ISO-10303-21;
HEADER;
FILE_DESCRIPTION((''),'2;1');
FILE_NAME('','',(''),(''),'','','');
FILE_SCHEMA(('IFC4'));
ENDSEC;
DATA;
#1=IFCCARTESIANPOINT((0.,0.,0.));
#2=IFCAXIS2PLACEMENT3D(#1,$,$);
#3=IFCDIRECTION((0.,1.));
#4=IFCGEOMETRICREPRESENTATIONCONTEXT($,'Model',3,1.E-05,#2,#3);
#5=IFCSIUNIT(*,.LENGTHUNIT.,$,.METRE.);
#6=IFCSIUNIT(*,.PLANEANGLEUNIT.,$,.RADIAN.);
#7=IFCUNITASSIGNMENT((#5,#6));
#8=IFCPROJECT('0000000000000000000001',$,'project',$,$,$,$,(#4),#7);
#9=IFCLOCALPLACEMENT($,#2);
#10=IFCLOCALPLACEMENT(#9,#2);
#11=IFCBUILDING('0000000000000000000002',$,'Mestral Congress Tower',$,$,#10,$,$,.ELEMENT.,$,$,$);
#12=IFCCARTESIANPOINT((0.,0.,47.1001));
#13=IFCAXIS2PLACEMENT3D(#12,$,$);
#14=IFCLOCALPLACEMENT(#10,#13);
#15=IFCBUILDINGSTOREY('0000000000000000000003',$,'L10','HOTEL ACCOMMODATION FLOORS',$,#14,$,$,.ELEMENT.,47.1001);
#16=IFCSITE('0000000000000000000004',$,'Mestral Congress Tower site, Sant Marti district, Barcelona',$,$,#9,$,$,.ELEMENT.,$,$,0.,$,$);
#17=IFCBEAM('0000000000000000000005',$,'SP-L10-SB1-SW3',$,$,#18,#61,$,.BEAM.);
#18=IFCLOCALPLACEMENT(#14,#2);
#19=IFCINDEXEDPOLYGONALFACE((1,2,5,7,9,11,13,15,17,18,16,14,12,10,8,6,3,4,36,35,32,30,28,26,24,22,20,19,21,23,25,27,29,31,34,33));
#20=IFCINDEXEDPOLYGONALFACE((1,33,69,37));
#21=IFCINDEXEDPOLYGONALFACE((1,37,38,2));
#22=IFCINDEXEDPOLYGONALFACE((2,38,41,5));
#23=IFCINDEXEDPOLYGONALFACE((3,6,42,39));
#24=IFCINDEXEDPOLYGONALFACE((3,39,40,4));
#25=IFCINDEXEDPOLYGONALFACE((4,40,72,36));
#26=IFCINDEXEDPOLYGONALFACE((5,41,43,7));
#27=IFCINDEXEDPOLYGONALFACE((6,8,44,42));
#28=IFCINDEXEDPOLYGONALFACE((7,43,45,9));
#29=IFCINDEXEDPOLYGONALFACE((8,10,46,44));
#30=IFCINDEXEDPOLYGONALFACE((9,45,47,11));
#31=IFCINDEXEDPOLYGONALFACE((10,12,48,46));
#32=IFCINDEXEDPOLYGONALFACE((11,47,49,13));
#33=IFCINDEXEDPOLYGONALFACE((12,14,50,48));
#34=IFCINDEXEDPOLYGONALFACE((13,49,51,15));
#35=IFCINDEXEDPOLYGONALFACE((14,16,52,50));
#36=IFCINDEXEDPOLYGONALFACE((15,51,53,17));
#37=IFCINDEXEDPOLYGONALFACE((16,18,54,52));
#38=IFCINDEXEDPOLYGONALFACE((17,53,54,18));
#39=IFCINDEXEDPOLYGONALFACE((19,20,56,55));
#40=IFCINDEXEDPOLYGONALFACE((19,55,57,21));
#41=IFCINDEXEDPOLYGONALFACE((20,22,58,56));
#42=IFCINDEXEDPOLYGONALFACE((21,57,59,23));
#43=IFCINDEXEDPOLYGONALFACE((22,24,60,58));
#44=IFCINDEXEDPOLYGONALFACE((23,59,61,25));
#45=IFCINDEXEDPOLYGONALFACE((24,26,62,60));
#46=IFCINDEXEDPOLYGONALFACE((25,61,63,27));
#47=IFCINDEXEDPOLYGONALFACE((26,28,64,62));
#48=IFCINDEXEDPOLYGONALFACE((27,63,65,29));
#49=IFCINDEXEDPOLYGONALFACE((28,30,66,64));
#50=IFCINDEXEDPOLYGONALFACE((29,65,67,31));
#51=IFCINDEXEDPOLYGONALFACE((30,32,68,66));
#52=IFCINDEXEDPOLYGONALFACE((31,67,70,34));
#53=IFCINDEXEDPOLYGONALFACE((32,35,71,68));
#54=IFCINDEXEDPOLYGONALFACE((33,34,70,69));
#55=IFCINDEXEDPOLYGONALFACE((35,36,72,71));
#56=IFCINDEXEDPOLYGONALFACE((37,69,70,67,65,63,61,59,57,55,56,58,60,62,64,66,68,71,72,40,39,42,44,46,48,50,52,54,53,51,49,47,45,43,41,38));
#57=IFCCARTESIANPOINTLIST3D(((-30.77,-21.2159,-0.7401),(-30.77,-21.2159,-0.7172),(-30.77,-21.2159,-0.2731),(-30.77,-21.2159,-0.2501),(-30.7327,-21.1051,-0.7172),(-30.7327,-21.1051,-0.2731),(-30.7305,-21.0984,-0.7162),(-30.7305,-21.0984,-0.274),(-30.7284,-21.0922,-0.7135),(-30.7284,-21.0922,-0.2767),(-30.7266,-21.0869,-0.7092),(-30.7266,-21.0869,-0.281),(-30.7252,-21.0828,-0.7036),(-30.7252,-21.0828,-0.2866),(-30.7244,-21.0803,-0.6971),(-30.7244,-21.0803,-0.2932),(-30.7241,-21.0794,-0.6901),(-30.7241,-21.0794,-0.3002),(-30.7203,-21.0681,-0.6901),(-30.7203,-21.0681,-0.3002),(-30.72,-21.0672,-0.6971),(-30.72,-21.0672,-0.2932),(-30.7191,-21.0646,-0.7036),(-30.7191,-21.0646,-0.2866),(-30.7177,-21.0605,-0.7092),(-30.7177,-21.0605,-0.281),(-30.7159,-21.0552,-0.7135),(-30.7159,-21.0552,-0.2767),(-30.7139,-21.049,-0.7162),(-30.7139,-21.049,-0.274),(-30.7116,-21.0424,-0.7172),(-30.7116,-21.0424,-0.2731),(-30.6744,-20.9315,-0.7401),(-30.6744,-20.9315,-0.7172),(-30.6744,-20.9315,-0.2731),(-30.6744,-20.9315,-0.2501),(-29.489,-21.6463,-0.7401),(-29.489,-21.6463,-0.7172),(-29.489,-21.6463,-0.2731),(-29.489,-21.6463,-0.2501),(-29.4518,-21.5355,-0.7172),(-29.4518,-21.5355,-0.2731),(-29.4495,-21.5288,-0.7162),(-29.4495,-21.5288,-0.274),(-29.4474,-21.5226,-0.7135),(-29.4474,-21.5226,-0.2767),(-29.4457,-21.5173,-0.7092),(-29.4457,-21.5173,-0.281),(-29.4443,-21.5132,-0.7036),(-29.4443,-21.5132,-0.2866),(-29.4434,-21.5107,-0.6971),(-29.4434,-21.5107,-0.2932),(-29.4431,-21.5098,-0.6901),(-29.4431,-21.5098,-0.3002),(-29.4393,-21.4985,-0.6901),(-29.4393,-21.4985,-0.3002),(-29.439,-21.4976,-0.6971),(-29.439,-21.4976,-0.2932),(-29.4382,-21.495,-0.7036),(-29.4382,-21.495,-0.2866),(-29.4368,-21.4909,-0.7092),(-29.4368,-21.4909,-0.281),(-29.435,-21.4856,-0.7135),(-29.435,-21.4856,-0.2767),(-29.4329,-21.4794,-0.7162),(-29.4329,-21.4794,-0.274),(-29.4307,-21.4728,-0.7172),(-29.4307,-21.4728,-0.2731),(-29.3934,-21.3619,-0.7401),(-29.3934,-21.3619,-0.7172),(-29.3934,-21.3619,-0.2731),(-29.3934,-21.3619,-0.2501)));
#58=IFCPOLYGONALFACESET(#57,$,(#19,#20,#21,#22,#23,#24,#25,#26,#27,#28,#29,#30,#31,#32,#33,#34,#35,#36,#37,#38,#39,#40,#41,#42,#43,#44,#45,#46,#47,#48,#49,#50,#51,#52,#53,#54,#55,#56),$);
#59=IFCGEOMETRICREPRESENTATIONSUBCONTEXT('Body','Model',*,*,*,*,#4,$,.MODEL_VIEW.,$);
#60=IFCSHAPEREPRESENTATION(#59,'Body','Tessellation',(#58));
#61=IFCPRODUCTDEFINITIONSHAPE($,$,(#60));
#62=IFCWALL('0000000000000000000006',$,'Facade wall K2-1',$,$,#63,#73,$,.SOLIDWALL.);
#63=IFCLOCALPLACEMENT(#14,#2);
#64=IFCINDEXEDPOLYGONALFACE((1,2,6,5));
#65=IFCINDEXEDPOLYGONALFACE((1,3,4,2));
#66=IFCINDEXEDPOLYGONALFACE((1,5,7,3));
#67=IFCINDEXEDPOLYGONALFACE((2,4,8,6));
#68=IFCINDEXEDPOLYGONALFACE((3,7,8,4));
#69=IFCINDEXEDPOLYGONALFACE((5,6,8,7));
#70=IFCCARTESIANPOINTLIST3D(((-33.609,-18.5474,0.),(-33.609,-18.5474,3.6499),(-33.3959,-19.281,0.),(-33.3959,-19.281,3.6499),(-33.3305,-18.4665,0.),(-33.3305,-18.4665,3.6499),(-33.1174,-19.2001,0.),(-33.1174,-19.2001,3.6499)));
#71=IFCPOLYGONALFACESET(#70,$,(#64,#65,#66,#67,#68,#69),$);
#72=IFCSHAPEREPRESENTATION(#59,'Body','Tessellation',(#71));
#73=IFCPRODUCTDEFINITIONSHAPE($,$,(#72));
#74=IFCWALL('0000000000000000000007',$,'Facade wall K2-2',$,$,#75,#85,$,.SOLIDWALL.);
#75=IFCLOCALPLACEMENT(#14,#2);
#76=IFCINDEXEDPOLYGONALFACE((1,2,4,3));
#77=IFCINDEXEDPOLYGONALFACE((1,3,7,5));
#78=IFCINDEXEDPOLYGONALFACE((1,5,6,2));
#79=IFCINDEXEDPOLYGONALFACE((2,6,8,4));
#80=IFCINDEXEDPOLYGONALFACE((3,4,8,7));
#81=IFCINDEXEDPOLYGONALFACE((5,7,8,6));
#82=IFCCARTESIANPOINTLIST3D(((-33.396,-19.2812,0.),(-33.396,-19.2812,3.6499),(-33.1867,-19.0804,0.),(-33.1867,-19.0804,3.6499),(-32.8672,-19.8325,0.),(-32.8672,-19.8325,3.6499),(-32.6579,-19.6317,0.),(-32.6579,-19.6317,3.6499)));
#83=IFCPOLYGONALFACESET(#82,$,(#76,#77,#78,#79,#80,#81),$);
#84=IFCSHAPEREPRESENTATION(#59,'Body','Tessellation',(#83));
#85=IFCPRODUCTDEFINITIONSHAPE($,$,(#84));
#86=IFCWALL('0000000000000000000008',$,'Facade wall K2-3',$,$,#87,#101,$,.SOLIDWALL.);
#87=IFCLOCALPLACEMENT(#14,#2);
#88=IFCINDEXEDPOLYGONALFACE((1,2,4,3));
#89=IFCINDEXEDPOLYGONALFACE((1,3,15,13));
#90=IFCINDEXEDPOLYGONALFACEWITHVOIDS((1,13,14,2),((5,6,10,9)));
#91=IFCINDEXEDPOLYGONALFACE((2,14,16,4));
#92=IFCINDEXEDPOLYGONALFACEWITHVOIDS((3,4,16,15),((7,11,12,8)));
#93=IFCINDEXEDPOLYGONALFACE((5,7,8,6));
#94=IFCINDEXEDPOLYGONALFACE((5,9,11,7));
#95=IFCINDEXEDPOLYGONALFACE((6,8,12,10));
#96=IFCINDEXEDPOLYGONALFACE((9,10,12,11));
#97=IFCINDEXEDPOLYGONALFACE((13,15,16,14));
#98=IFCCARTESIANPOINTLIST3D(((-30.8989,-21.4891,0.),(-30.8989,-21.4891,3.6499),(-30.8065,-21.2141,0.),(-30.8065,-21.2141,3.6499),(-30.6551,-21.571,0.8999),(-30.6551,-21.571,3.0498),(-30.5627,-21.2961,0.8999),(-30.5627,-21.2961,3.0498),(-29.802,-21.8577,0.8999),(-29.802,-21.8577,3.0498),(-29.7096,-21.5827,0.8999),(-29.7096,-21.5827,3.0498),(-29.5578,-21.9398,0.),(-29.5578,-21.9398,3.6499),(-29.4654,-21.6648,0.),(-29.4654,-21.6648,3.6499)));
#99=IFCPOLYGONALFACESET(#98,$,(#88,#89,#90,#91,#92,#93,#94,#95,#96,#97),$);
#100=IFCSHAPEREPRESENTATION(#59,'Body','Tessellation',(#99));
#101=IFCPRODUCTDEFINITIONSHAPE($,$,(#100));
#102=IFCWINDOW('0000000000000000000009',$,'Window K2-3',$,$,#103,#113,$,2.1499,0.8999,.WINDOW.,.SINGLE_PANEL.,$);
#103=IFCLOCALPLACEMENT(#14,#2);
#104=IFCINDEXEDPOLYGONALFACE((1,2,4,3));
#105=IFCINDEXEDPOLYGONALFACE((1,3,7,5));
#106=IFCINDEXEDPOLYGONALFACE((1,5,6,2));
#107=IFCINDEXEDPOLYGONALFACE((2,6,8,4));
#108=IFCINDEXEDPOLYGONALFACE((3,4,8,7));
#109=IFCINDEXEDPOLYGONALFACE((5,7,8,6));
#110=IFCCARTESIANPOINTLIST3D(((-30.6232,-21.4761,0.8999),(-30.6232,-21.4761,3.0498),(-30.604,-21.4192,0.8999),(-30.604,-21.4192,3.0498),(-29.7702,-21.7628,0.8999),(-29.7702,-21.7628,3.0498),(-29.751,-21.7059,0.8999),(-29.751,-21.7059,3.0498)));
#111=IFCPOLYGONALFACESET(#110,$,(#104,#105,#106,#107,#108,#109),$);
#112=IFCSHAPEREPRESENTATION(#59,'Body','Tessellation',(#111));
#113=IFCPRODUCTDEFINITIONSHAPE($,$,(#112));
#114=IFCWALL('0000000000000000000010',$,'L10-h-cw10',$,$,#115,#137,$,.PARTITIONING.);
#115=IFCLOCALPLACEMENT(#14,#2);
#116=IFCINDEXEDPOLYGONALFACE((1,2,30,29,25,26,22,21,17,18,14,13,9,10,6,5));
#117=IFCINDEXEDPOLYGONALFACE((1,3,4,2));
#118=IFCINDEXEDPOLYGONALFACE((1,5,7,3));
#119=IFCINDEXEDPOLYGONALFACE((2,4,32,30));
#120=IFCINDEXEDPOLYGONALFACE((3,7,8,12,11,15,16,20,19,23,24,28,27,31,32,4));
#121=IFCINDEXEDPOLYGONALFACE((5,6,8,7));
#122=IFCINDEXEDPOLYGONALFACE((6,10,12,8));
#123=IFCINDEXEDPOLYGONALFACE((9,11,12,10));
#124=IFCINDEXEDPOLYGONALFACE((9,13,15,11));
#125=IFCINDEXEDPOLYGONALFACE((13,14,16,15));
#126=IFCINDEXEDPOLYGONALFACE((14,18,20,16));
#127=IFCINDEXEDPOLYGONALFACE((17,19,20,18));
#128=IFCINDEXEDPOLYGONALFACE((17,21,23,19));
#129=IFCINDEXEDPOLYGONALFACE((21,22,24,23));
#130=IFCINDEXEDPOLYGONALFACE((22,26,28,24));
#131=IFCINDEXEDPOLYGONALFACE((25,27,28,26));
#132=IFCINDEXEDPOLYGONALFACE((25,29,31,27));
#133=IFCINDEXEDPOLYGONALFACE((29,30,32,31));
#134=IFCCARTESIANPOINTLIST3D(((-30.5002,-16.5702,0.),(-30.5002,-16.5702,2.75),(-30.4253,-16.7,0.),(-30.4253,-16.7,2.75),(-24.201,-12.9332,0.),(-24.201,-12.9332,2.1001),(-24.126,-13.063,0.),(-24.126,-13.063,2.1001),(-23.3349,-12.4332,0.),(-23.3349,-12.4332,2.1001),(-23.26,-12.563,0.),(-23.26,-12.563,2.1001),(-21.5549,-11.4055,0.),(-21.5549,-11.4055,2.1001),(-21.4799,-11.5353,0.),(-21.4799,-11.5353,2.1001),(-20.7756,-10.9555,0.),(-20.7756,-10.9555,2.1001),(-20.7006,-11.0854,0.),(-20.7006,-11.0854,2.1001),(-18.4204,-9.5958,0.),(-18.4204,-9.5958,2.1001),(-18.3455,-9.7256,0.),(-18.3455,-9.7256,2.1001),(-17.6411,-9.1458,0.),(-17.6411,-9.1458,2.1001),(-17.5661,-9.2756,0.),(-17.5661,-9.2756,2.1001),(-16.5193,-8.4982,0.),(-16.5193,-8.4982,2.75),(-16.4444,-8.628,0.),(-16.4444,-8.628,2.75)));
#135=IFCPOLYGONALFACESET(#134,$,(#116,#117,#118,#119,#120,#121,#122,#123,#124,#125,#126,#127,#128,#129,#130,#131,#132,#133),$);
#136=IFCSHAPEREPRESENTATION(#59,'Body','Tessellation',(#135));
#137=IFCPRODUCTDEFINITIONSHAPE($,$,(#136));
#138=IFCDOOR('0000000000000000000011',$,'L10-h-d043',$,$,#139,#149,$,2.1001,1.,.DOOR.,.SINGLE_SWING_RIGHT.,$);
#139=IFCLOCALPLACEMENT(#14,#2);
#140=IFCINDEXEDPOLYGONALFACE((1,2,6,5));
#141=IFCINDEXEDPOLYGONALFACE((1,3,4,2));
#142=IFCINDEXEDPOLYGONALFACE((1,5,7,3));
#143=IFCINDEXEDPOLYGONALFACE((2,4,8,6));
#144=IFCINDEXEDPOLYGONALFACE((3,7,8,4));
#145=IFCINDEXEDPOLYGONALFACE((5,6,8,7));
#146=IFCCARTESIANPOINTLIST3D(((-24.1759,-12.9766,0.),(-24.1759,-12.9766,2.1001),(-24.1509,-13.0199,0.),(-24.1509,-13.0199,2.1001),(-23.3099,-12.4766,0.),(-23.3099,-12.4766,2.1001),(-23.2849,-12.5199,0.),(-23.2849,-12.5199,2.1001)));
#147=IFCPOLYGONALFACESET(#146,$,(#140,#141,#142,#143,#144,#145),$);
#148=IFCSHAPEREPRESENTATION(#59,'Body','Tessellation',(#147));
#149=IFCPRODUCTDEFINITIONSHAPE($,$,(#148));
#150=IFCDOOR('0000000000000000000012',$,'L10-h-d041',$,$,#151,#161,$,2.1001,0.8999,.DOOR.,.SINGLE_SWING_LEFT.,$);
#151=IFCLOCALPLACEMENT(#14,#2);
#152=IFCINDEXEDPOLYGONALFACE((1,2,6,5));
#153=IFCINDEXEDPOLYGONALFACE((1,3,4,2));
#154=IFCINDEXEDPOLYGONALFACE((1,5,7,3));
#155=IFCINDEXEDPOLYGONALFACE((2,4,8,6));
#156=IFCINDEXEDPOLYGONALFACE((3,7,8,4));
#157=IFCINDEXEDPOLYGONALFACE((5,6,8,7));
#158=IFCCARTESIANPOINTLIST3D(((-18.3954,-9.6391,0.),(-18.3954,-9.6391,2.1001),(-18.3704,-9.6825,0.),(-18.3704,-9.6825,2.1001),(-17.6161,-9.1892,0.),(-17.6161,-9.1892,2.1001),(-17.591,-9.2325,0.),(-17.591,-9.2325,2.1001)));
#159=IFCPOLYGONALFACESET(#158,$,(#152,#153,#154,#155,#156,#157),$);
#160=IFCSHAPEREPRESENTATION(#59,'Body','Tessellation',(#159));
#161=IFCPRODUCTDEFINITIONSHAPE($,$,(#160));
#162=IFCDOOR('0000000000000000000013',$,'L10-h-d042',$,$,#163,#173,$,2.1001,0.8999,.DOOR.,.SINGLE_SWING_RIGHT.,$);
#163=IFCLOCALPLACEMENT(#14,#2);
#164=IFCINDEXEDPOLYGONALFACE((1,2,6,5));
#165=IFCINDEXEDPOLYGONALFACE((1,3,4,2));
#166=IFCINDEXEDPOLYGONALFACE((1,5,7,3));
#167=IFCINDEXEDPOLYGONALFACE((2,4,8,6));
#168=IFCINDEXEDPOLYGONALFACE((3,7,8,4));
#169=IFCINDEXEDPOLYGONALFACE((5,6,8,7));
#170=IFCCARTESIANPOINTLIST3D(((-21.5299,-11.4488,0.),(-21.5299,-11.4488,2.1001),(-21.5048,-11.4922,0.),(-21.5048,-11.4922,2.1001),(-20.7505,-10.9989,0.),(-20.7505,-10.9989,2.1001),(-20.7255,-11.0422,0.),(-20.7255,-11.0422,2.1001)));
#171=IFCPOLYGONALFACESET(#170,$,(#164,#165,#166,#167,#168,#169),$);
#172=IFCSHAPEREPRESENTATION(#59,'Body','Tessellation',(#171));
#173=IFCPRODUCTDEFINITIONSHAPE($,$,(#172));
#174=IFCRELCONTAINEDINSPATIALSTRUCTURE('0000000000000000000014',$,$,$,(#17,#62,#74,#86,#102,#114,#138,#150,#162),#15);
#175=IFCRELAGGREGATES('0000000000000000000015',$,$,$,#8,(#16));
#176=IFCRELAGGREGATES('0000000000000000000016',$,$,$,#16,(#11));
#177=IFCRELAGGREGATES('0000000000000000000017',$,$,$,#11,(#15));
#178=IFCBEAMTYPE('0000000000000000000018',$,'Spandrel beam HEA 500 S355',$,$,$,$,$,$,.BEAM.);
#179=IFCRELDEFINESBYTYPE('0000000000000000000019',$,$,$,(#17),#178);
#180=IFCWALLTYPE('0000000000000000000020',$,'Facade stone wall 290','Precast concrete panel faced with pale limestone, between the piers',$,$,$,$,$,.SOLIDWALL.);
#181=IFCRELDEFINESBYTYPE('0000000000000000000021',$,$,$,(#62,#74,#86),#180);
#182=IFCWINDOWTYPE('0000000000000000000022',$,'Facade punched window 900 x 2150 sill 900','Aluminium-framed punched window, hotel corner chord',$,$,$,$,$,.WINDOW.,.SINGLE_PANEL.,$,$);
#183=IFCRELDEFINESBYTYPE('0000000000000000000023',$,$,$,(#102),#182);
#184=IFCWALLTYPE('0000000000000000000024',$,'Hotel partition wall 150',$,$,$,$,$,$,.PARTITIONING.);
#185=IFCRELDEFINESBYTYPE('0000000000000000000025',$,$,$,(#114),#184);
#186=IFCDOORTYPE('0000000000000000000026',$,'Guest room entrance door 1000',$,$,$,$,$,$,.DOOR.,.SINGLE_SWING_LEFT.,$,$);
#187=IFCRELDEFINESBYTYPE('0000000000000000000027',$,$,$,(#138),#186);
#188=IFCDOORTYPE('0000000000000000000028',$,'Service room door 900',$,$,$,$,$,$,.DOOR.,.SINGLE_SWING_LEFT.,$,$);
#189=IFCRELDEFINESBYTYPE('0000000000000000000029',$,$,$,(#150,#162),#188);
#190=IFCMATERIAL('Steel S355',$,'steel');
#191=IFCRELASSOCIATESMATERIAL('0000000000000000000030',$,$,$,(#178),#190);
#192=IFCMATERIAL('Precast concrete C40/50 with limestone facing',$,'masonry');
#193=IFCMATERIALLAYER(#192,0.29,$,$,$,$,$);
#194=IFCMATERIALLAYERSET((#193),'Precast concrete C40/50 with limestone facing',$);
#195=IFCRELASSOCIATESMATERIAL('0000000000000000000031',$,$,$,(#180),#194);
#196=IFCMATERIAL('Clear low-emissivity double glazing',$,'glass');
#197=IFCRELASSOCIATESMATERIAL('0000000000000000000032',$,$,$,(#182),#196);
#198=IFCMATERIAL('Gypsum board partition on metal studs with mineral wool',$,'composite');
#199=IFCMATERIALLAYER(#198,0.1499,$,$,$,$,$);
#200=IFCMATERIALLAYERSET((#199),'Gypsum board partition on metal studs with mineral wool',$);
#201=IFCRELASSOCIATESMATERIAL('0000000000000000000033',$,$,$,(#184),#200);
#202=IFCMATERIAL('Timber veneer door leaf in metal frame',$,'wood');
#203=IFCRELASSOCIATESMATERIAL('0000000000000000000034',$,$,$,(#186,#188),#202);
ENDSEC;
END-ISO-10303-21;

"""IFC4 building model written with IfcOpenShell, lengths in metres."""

from ifc_helpers import new_model, si_unit, direction, frame, frame_2d, origin, origin_2d, place, context, subcontext, project, spatial, rectangle, i_section, extrude, material, layer, layer_set, material_profile, profile_set, type_object, element, fill, save


model = new_model("IFC4")

# Units and contexts
model_context = context("Model", 3, precision=1e-05, world=origin(), true_north=direction((0.0, 1.0)))
body_context = subcontext(model_context, "Body", "Model", "MODEL_VIEW")
ifc_project = project(units=[si_unit("LENGTHUNIT", "METRE"), si_unit("PLANEANGLEUNIT", "RADIAN")], contexts=[model_context])

# Site, building, storey
site_placement = place(None, origin())
site = spatial("IfcSite", under=ifc_project, at=site_placement, Name="Mestral Congress Tower site, Sant Marti district, Barcelona", CompositionType="ELEMENT", RefElevation=0.0)
building_placement = place(site_placement, origin())
building = spatial("IfcBuilding", under=site, at=building_placement, Name="Mestral Congress Tower", CompositionType="ELEMENT")
storey_placement = place(building_placement, frame((0.0, 0.0, 47.1001)))
storey = spatial("IfcBuildingStorey", under=building, at=storey_placement, Name="L10", Description="HOTEL ACCOMMODATION FLOORS", CompositionType="ELEMENT", Elevation=47.1001)

# Beam
ifc_material_1 = material(Name="Steel S355", Category="steel")
ifc_material_profile_1 = material_profile(ifc_material_1, i_section(OverallWidth=0.3, OverallDepth=0.49, WebThickness=0.012, FlangeThickness=0.0229, FilletRadius=0.0271, at=origin_2d()), Name="HEA 500")
ifc_profile_set_1 = profile_set([ifc_material_profile_1], Name="Steel S355")
beam_type_1 = type_object("IfcBeamType", Name="Spandrel beam HEA 500 S355", PredefinedType="BEAM", material=ifc_profile_set_1)
beam_1_placement = place(storey_placement, frame((-30.7222, -21.0737, -0.4951), z_axis=(0.947922, -0.318503, 0.0), x_axis=(0.318503, 0.947922, 0.0)))
element("IfcBeam", 1, at=beam_1_placement, inside=storey, type_object=beam_type_1, Name="SP-L10-SB1-SW3", PredefinedType="BEAM", context=body_context, shape_type="SweptSolid", body=[
    extrude(i_section(OverallWidth=0.3, OverallDepth=0.49, WebThickness=0.012, FlangeThickness=0.0229, FilletRadius=0.0271, at=origin_2d()), origin(), (0.0, 0.0, 1.0), 1.3513),
])

# Walls
ifc_material_2 = material(Name="Precast concrete C40/50 with limestone facing", Category="masonry")
ifc_layer_1 = layer(ifc_material_2, 0.29)
ifc_layer_set_1 = layer_set([ifc_layer_1], Name="Precast concrete C40/50 with limestone facing")
wall_type_1 = type_object("IfcWallType", Name="Facade stone wall 290", Description="Precast concrete panel faced with pale limestone, between the piers", PredefinedType="SOLIDWALL", material=ifc_layer_set_1)
for number, where, z_axis, x_axis, name in (
    (2, (-33.4697, -18.5071, 0.0), (0.0, 0.0, 1.0), (0.278981, -0.960297, 0.0), "Facade wall K2-1"),
    (3, (-33.2913, -19.1809, 0.0), (0.0, 0.0, 1.0), (0.692252, -0.721656, 0.0), "Facade wall K2-2"),
):
    element("IfcWall", number, at=place(storey_placement, frame(where, z_axis=z_axis, x_axis=x_axis)), inside=storey, type_object=wall_type_1, Name=name, PredefinedType="SOLIDWALL", context=body_context, shape_type="SweptSolid", body=[
        extrude(rectangle(XDim=0.7639, YDim=0.29, at=frame_2d((0.3818, 0.0))), origin(), (0.0, 0.0, 1.0), 3.6499),
    ])

# Wall, opening, window
wall_1_placement = place(storey_placement, frame((-30.8528, -21.3516, 0.0), z_axis=(0.0, 0.0, 1.0), x_axis=(0.947904, -0.318556, 0.0)))
wall_1 = element("IfcWall", 4, at=wall_1_placement, inside=storey, type_object=wall_type_1, Name="Facade wall K2-3", PredefinedType="SOLIDWALL", context=body_context, shape_type="SweptSolid", body=[
    extrude(rectangle(XDim=1.4148, YDim=0.29, at=frame_2d((0.7075, 0.0))), origin(), (0.0, 0.0, 1.0), 3.6499),
])
opening_1_placement = place(wall_1_placement, frame((0.2573, 0.0, 0.8999)))
opening_1 = element("IfcOpeningElement", 5, at=opening_1_placement, cuts=wall_1, PredefinedType="OPENING", context=body_context, shape_type="SweptSolid", body=[
    extrude(rectangle(XDim=0.8999, YDim=2.1499, at=frame_2d((0.45, 1.075))), frame((0.0, 0.155, 0.0), z_axis=(0.0, -1.0, 0.0), x_axis=(1.0, 0.0, 0.0)), (0.0, 0.0, 1.0), 0.3101),
])
ifc_material_3 = material(Name="Clear low-emissivity double glazing", Category="glass")
window_type = type_object("IfcWindowType", Name="Facade punched window 900 x 2150 sill 900", Description="Aluminium-framed punched window, hotel corner chord", PartitioningType="SINGLE_PANEL", PredefinedType="WINDOW", material=ifc_material_3)
window_placement = place(opening_1_placement, origin())
window = element("IfcWindow", 6, at=window_placement, inside=storey, type_object=window_type, Name="Window K2-3", OverallHeight=2.1499, OverallWidth=0.8999, PartitioningType="SINGLE_PANEL", PredefinedType="WINDOW", context=body_context, shape_type="SweptSolid", body=[
    extrude(rectangle(XDim=0.8999, YDim=2.1499, at=frame_2d((0.45, 1.075))), frame((0.0, 0.0151, 0.0), z_axis=(0.0, -1.0, 0.0), x_axis=(1.0, 0.0, 0.0)), (0.0, 0.0, 1.0), 0.0601),
])
fill(opening_1, window)

# Wall, openings, doors
ifc_material_4 = material(Name="Gypsum board partition on metal studs with mineral wool", Category="composite")
ifc_layer_2 = layer(ifc_material_4, 0.1499)
ifc_layer_set_2 = layer_set([ifc_layer_2], Name="Gypsum board partition on metal studs with mineral wool")
wall_type_2 = type_object("IfcWallType", Name="Hotel partition wall 150", PredefinedType="PARTITIONING", material=ifc_layer_set_2)
wall_2_placement = place(storey_placement, frame((-30.4626, -16.635, 0.0), z_axis=(0.0, 0.0, 1.0), x_axis=(0.866022, 0.500005, 0.0)))
wall_2 = element("IfcWall", 7, at=wall_2_placement, inside=storey, type_object=wall_type_2, Name="L10-h-cw10", PredefinedType="PARTITIONING", context=body_context, shape_type="SweptSolid", body=[
    extrude(rectangle(XDim=16.1438, YDim=0.1499, at=frame_2d((8.0718, 0.0))), origin(), (0.0, 0.0, 1.0), 2.75),
])
opening_2_placement = place(wall_2_placement, frame((13.9485, 0.0, 0.0)))
opening_2 = element("IfcOpeningElement", 8, at=opening_2_placement, cuts=wall_2, PredefinedType="OPENING", context=body_context, shape_type="SweptSolid", body=[
    extrude(rectangle(XDim=0.8999, YDim=2.1001, at=frame_2d((0.45, 1.05))), frame((0.0, 0.085, 0.0), z_axis=(0.0, -1.0, 0.0), x_axis=(1.0, 0.0, 0.0)), (0.0, 0.0, 1.0), 0.1699),
])
opening_3_placement = place(wall_2_placement, frame((10.3291, 0.0, 0.0)))
opening_3 = element("IfcOpeningElement", 9, at=opening_3_placement, cuts=wall_2, PredefinedType="OPENING", context=body_context, shape_type="SweptSolid", body=[
    extrude(rectangle(XDim=0.8999, YDim=2.1001, at=frame_2d((0.45, 1.05))), frame((0.0, 0.085, 0.0), z_axis=(0.0, -1.0, 0.0), x_axis=(1.0, 0.0, 0.0)), (0.0, 0.0, 1.0), 0.1699),
])
opening_4_placement = place(wall_2_placement, frame((7.2737, 0.0, 0.0)))
opening_4 = element("IfcOpeningElement", 10, at=opening_4_placement, cuts=wall_2, PredefinedType="OPENING", context=body_context, shape_type="SweptSolid", body=[
    extrude(rectangle(XDim=1.0, YDim=2.1001, at=frame_2d((0.5, 1.05))), frame((0.0, 0.085, 0.0), z_axis=(0.0, -1.0, 0.0), x_axis=(1.0, 0.0, 0.0)), (0.0, 0.0, 1.0), 0.1699),
])
ifc_material_5 = material(Name="Timber veneer door leaf in metal frame", Category="wood")
door_type_1 = type_object("IfcDoorType", Name="Guest room entrance door 1000", OperationType="SINGLE_SWING_LEFT", PredefinedType="DOOR", material=ifc_material_5)
door_1_placement = place(opening_4_placement, origin())
door_1 = element("IfcDoor", 11, at=door_1_placement, inside=storey, type_object=door_type_1, Name="L10-h-d043", OperationType="SINGLE_SWING_RIGHT", OverallHeight=2.1001, OverallWidth=1.0, PredefinedType="DOOR", context=body_context, shape_type="SweptSolid", body=[
    extrude(rectangle(XDim=1.0, YDim=2.1001, at=frame_2d((0.5, 1.05))), frame((0.0, 0.0249, 0.0), z_axis=(0.0, -1.0, 0.0), x_axis=(1.0, 0.0, 0.0)), (0.0, 0.0, 1.0), 0.05),
])
fill(opening_4, door_1)
door_type_2 = type_object("IfcDoorType", Name="Service room door 900", OperationType="SINGLE_SWING_LEFT", PredefinedType="DOOR", material=ifc_material_5)
door_2_placement = place(opening_2_placement, origin())
door_2 = element("IfcDoor", 12, at=door_2_placement, inside=storey, type_object=door_type_2, Name="L10-h-d041", OperationType="SINGLE_SWING_LEFT", OverallHeight=2.1001, OverallWidth=0.8999, PredefinedType="DOOR", context=body_context, shape_type="SweptSolid", body=[
    extrude(rectangle(XDim=0.8999, YDim=2.1001, at=frame_2d((0.45, 1.05))), frame((0.0, 0.0249, 0.0), z_axis=(0.0, -1.0, 0.0), x_axis=(1.0, 0.0, 0.0)), (0.0, 0.0, 1.0), 0.05),
])
fill(opening_2, door_2)
door_3_placement = place(opening_3_placement, origin())
door_3 = element("IfcDoor", 13, at=door_3_placement, inside=storey, type_object=door_type_2, Name="L10-h-d042", OperationType="SINGLE_SWING_RIGHT", OverallHeight=2.1001, OverallWidth=0.8999, PredefinedType="DOOR", context=body_context, shape_type="SweptSolid", body=[
    extrude(rectangle(XDim=0.8999, YDim=2.1001, at=frame_2d((0.45, 1.05))), frame((0.0, 0.0249, 0.0), z_axis=(0.0, -1.0, 0.0), x_axis=(1.0, 0.0, 0.0)), (0.0, 0.0, 1.0), 0.05),
])
fill(opening_3, door_3)

save(model, "model.ifc")
